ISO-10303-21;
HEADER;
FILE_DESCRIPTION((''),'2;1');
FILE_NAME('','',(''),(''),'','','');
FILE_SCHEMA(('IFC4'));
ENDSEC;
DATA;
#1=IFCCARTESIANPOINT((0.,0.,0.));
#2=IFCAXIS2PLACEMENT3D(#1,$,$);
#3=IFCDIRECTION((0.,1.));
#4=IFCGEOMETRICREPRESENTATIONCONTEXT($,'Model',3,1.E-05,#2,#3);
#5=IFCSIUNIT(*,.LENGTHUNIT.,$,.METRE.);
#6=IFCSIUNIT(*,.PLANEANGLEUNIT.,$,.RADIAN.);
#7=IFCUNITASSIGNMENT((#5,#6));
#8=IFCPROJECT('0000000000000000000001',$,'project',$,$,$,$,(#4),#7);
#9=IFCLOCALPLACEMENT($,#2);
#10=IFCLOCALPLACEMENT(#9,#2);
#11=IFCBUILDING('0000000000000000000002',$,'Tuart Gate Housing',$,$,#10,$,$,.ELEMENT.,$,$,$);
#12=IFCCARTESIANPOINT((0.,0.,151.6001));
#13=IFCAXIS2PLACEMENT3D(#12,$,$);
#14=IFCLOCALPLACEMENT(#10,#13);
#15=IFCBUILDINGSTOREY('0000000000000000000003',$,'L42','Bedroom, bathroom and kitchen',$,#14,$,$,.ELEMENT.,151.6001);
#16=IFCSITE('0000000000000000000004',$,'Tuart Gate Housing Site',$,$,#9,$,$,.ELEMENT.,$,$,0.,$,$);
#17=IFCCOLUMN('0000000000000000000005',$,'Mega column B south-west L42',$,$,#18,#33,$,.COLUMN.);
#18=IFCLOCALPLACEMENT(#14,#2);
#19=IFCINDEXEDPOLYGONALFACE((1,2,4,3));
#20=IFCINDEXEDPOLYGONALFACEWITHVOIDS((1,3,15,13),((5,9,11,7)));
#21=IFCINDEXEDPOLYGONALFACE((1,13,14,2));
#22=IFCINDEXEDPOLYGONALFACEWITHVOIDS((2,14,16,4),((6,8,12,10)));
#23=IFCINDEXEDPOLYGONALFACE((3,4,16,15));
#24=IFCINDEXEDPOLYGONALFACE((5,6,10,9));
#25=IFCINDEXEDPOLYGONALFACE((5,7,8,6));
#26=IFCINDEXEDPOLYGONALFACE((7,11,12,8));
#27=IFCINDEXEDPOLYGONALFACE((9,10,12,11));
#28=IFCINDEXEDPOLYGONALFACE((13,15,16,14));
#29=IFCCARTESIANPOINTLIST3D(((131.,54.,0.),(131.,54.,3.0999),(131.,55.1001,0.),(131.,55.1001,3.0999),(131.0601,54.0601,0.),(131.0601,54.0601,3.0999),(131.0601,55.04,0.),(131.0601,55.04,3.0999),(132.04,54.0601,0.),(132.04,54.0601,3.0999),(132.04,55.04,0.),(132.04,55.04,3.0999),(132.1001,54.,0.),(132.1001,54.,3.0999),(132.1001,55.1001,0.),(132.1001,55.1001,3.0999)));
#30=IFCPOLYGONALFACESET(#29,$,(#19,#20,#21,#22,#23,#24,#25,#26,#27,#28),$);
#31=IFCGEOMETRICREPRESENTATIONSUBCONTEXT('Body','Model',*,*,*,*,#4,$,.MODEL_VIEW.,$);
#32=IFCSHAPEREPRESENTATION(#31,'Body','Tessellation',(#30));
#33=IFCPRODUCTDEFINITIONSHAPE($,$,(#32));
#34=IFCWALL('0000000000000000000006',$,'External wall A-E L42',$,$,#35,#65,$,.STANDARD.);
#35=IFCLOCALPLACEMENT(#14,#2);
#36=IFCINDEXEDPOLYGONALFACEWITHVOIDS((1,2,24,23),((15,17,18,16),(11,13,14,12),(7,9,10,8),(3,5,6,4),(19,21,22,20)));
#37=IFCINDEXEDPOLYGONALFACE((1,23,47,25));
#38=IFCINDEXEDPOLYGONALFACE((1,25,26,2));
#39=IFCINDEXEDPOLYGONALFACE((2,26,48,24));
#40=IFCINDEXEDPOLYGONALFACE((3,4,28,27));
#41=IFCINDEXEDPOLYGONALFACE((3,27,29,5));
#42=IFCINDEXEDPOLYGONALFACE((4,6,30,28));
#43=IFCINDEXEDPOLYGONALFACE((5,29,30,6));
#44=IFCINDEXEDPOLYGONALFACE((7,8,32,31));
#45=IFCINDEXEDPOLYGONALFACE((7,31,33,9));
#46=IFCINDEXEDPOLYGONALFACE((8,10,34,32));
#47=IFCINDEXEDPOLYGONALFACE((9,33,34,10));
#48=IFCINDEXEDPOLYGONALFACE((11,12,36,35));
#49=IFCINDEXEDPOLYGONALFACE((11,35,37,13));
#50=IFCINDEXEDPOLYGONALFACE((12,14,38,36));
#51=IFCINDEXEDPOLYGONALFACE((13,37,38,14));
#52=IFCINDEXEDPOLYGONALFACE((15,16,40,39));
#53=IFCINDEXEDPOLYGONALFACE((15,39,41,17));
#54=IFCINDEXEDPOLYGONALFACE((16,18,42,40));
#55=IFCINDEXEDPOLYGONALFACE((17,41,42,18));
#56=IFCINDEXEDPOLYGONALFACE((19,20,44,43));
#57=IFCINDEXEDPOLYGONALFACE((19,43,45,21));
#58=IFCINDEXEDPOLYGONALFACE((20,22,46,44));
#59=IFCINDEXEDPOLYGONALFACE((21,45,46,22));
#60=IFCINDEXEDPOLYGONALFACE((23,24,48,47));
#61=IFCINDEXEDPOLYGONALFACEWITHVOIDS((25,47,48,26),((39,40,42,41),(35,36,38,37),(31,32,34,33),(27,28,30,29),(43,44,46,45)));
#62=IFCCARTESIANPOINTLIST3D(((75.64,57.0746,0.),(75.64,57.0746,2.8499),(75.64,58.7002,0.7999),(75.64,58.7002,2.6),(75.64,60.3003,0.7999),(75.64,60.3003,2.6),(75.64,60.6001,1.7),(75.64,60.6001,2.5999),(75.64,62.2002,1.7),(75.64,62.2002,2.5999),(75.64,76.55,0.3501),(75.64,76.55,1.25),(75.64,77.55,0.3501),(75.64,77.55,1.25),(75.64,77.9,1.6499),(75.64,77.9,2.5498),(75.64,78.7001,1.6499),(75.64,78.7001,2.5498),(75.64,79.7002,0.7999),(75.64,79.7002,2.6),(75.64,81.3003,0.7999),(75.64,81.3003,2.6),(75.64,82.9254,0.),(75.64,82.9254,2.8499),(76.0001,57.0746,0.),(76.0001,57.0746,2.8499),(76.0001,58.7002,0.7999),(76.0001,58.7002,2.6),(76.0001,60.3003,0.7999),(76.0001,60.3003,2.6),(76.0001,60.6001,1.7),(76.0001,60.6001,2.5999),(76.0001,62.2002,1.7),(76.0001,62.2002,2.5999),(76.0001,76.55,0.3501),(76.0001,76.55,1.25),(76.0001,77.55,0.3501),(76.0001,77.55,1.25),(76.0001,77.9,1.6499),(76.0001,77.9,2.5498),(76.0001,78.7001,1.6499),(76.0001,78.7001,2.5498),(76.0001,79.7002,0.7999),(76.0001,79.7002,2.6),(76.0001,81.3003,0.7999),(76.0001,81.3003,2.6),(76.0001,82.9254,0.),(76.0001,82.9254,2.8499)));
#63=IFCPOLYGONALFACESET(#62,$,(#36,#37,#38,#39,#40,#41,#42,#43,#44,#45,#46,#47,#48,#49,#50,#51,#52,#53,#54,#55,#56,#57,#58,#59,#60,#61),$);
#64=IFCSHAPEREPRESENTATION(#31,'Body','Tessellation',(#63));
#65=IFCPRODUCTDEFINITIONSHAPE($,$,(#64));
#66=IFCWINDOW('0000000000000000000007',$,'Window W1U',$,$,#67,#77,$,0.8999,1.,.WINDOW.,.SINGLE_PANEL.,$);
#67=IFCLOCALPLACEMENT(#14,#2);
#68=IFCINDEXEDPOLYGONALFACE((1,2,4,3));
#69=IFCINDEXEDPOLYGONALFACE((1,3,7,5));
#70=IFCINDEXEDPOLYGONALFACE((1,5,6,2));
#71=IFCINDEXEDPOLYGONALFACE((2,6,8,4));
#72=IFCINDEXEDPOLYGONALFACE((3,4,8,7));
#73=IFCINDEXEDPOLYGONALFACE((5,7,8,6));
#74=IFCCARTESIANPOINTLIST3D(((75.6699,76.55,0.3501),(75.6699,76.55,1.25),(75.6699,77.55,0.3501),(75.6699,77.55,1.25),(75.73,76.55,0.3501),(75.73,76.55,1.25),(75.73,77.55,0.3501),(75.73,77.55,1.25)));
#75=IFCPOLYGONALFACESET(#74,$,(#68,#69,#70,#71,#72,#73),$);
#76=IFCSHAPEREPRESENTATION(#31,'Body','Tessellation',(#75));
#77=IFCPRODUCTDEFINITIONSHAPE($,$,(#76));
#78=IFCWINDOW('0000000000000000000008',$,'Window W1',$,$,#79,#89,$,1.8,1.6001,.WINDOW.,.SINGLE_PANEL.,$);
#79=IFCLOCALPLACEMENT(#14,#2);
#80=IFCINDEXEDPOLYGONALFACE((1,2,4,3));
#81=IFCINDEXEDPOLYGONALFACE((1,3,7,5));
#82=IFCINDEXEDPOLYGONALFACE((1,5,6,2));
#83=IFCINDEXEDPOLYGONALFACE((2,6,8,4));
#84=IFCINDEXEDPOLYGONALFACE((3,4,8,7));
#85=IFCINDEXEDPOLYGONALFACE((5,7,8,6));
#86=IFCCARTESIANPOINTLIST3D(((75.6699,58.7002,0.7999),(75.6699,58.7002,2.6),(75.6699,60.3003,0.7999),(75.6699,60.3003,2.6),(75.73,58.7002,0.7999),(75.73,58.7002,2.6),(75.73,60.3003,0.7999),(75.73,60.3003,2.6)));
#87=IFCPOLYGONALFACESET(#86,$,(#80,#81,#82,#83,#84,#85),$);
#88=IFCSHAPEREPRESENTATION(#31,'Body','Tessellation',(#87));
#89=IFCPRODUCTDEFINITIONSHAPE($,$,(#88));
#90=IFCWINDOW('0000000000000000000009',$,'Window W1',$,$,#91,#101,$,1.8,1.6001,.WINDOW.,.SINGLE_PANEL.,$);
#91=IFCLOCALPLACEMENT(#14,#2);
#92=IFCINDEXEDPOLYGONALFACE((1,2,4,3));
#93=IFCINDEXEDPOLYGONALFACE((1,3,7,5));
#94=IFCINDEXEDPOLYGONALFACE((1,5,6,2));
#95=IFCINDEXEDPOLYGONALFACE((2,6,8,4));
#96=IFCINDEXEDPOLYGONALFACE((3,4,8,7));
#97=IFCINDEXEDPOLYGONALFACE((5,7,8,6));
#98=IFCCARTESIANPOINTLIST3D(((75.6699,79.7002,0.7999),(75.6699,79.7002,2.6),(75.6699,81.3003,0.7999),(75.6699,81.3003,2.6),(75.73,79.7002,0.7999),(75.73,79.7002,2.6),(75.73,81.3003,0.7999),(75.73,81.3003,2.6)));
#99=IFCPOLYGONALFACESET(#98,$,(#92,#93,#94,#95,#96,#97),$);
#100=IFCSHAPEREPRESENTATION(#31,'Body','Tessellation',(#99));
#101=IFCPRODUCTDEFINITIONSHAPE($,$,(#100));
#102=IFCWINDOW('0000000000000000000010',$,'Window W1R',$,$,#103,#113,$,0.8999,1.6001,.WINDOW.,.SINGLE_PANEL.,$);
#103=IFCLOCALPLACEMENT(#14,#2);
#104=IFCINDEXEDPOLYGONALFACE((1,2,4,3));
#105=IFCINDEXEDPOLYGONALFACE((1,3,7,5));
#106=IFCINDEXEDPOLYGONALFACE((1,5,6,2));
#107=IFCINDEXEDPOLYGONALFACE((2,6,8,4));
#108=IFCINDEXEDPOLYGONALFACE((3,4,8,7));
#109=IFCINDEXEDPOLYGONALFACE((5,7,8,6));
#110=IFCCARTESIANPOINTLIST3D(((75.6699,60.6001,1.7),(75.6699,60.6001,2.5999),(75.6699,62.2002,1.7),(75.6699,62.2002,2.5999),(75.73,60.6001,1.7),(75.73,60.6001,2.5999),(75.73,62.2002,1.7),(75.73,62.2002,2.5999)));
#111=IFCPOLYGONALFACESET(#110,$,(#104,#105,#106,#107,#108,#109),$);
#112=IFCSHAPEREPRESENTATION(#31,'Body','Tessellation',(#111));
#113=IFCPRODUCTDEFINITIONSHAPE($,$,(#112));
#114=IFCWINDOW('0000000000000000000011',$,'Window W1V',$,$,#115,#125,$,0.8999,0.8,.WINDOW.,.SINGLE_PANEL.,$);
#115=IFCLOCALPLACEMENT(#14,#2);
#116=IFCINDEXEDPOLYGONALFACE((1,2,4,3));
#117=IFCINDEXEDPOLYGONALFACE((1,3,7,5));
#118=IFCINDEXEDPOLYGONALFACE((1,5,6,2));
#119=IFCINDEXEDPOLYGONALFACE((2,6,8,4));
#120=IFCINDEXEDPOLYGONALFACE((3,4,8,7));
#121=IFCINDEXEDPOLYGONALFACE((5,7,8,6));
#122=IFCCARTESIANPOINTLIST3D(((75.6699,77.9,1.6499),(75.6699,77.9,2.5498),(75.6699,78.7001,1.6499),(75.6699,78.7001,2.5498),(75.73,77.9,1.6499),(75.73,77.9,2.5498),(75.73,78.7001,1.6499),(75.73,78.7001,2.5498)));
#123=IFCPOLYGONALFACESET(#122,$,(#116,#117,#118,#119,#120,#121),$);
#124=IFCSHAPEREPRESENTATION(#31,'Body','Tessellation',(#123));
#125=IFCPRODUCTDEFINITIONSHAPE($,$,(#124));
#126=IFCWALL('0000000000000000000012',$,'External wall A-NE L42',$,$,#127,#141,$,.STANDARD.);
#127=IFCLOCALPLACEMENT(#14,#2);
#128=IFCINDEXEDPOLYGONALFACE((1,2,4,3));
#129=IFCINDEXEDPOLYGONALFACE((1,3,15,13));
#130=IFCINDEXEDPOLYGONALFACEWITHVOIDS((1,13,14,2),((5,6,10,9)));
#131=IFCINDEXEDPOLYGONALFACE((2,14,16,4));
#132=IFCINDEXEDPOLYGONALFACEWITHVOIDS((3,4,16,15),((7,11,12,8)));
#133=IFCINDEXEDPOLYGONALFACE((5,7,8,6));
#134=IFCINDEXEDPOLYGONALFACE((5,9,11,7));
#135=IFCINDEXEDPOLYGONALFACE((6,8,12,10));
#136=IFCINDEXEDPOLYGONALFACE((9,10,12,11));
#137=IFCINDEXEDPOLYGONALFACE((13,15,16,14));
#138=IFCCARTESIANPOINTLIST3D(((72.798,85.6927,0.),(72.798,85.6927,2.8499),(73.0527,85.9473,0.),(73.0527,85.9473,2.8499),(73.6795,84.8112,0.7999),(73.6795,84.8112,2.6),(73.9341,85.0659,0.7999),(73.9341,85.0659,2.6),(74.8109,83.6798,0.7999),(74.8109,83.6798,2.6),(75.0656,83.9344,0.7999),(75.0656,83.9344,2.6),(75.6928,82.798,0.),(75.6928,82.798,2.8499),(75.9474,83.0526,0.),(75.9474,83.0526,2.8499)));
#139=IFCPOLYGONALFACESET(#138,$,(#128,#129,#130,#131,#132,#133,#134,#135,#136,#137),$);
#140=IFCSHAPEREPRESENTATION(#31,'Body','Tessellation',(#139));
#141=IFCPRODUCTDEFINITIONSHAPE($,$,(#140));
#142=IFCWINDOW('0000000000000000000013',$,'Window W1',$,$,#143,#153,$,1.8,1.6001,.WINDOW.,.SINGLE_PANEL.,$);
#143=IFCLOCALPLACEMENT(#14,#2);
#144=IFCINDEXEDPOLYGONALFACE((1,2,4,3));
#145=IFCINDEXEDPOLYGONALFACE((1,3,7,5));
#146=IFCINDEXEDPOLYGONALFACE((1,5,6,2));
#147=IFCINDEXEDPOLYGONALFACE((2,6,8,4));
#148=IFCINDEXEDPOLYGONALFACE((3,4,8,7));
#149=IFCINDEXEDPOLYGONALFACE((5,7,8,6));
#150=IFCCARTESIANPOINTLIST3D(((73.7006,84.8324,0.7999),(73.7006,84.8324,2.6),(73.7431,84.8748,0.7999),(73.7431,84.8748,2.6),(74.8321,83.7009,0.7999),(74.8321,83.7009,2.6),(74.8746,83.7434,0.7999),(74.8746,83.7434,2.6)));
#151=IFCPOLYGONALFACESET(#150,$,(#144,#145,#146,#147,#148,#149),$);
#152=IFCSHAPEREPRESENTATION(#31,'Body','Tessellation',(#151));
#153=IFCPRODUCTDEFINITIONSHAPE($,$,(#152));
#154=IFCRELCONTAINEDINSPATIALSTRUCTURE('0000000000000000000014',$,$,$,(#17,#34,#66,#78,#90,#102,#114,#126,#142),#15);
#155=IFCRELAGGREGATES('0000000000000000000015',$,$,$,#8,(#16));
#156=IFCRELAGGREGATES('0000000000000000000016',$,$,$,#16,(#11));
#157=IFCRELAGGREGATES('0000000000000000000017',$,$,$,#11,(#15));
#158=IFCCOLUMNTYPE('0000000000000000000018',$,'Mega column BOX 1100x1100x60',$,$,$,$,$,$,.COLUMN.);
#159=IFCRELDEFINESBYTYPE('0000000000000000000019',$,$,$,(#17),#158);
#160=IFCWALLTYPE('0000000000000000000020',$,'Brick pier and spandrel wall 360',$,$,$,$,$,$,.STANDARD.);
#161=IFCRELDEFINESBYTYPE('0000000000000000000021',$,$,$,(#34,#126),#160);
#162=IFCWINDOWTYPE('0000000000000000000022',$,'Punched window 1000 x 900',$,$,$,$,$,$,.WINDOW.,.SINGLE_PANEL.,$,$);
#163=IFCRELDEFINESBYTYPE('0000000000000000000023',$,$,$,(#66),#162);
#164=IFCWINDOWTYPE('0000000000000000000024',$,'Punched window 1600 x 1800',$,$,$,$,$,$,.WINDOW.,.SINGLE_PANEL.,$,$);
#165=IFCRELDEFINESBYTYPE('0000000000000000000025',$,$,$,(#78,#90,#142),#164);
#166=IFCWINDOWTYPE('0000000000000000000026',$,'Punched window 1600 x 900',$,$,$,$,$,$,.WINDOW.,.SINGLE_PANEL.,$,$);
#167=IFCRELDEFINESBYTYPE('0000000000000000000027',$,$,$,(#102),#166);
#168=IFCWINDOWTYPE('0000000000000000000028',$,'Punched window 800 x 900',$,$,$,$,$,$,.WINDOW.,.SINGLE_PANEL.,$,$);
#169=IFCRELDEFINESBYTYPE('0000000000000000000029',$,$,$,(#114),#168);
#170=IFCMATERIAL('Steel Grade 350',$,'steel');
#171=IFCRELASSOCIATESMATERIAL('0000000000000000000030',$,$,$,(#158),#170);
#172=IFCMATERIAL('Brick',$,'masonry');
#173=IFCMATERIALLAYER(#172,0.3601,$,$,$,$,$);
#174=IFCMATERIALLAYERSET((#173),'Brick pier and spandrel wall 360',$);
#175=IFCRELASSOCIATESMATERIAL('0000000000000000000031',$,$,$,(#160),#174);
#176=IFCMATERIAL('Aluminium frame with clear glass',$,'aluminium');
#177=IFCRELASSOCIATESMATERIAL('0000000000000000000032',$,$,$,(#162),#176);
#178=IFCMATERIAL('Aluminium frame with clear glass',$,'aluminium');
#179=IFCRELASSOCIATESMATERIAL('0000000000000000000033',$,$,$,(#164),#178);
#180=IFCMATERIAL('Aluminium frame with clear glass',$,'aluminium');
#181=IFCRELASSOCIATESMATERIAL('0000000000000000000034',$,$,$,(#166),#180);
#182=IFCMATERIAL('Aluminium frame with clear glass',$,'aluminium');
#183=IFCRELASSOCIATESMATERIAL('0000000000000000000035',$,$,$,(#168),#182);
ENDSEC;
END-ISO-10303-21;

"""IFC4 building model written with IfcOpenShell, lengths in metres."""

from ifc_helpers import new_model, si_unit, direction, frame, frame_2d, origin, origin_2d, place, context, subcontext, project, spatial, rectangle, hollow_rectangle, extrude, material, layer, layer_set, material_profile, profile_set, type_object, element, fill, save


model = new_model("IFC4")

# Units and contexts
model_context = context("Model", 3, precision=1e-05, world=origin(), true_north=direction((0.0, 1.0)))
body_context = subcontext(model_context, "Body", "Model", "MODEL_VIEW")
ifc_project = project(units=[si_unit("LENGTHUNIT", "METRE"), si_unit("PLANEANGLEUNIT", "RADIAN")], contexts=[model_context])

# Site, building, storey
site_placement = place(None, origin())
site = spatial("IfcSite", under=ifc_project, at=site_placement, Name="Tuart Gate Housing Site", CompositionType="ELEMENT", RefElevation=0.0)
building_placement = place(site_placement, origin())
building = spatial("IfcBuilding", under=site, at=building_placement, Name="Tuart Gate Housing", CompositionType="ELEMENT")
storey_placement = place(building_placement, frame((0.0, 0.0, 151.6001)))
storey = spatial("IfcBuildingStorey", under=building, at=storey_placement, Name="L42", Description="Bedroom, bathroom and kitchen", CompositionType="ELEMENT", Elevation=151.6001)

# Column
ifc_material_1 = material(Name="Steel Grade 350", Category="steel")
ifc_material_profile = material_profile(ifc_material_1, hollow_rectangle(XDim=1.1001, YDim=1.1001, WallThickness=0.0601, at=origin_2d()), Name="BOX 1100x1100x60")
ifc_profile_set = profile_set([ifc_material_profile], Name="Steel Grade 350")
column_type = type_object("IfcColumnType", Name="Mega column BOX 1100x1100x60", PredefinedType="COLUMN", material=ifc_profile_set)
column_placement = place(storey_placement, frame((131.55, 54.55, 0.0), z_axis=(0.0, 0.0, 1.0), x_axis=(1.0, 0.0, 0.0)))
element("IfcColumn", 1, at=column_placement, inside=storey, type_object=column_type, Name="Mega column B south-west L42", PredefinedType="COLUMN", context=body_context, shape_type="SweptSolid", body=[
    extrude(hollow_rectangle(XDim=1.1001, YDim=1.1001, WallThickness=0.0601, at=origin_2d()), origin(), (0.0, 0.0, 1.0), 3.0999),
])

# Wall, openings, windows
ifc_material_2 = material(Name="Brick", Category="masonry")
ifc_layer_1 = layer(ifc_material_2, 0.3601)
ifc_layer_set_1 = layer_set([ifc_layer_1], Name="Brick pier and spandrel wall 360")
wall_type_1 = type_object("IfcWallType", Name="Brick pier and spandrel wall 360", PredefinedType="STANDARD", material=ifc_layer_set_1)
wall_1_placement = place(storey_placement, frame((75.8201, 57.0747, 0.0), z_axis=(0.0, 0.0, 1.0), x_axis=(0.0, 1.0, 0.0)))
wall_1 = element("IfcWall", 2, at=wall_1_placement, inside=storey, type_object=wall_type_1, Name="External wall A-E L42", PredefinedType="STANDARD", context=body_context, shape_type="SweptSolid", body=[
    extrude(rectangle(XDim=25.8508, YDim=0.3601, at=frame_2d((12.9253, 0.0))), origin(), (0.0, 0.0, 1.0), 2.8499),
])
opening_1_placement = place(wall_1_placement, frame((1.6255, 0.0, 0.8)))
opening_1 = element("IfcOpeningElement", 3, at=opening_1_placement, cuts=wall_1, PredefinedType="OPENING", context=body_context, shape_type="SweptSolid", body=[
    extrude(rectangle(XDim=1.6001, YDim=1.8, at=frame_2d((0.8, 0.8999))), frame((0.0, 0.1899, 0.0), z_axis=(0.0, -1.0, 0.0), x_axis=(1.0, 0.0, 0.0)), (0.0, 0.0, 1.0), 0.3801),
])
opening_2_placement = place(wall_1_placement, frame((3.5254, 0.0, 1.7)))
opening_2 = element("IfcOpeningElement", 4, at=opening_2_placement, cuts=wall_1, PredefinedType="OPENING", context=body_context, shape_type="SweptSolid", body=[
    extrude(rectangle(XDim=1.6001, YDim=0.8999, at=frame_2d((0.8, 0.45))), frame((0.0, 0.1899, 0.0), z_axis=(0.0, -1.0, 0.0), x_axis=(1.0, 0.0, 0.0)), (0.0, 0.0, 1.0), 0.3801),
])
opening_3_placement = place(wall_1_placement, frame((19.4753, 0.0, 0.3501)))
opening_3 = element("IfcOpeningElement", 5, at=opening_3_placement, cuts=wall_1, PredefinedType="OPENING", context=body_context, shape_type="SweptSolid", body=[
    extrude(rectangle(XDim=1.0, YDim=0.8999, at=frame_2d((0.5, 0.45))), frame((0.0, 0.1899, 0.0), z_axis=(0.0, -1.0, 0.0), x_axis=(1.0, 0.0, 0.0)), (0.0, 0.0, 1.0), 0.3801),
])
opening_4_placement = place(wall_1_placement, frame((22.6255, 0.0, 0.8)))
opening_4 = element("IfcOpeningElement", 6, at=opening_4_placement, cuts=wall_1, PredefinedType="OPENING", context=body_context, shape_type="SweptSolid", body=[
    extrude(rectangle(XDim=1.6001, YDim=1.8, at=frame_2d((0.8, 0.8999))), frame((0.0, 0.1899, 0.0), z_axis=(0.0, -1.0, 0.0), x_axis=(1.0, 0.0, 0.0)), (0.0, 0.0, 1.0), 0.3801),
])
opening_5_placement = place(wall_1_placement, frame((20.8254, 0.0, 1.6499)))
opening_5 = element("IfcOpeningElement", 7, at=opening_5_placement, cuts=wall_1, PredefinedType="OPENING", context=body_context, shape_type="SweptSolid", body=[
    extrude(rectangle(XDim=0.8, YDim=0.8999, at=frame_2d((0.3999, 0.45))), frame((0.0, 0.1899, 0.0), z_axis=(0.0, -1.0, 0.0), x_axis=(1.0, 0.0, 0.0)), (0.0, 0.0, 1.0), 0.3801),
])
ifc_material_3 = material(Name="Aluminium frame with clear glass", Category="aluminium")
window_type_1 = type_object("IfcWindowType", Name="Punched window 1000 x 900", PartitioningType="SINGLE_PANEL", PredefinedType="WINDOW", material=ifc_material_3)
window_1_placement = place(opening_3_placement, origin())
window_1 = element("IfcWindow", 8, at=window_1_placement, inside=storey, type_object=window_type_1, Name="Window W1U", OverallHeight=0.8999, OverallWidth=1.0, PartitioningType="SINGLE_PANEL", PredefinedType="WINDOW", context=body_context, shape_type="SweptSolid", body=[
    extrude(rectangle(XDim=1.0, YDim=0.8999, at=frame_2d((0.5, 0.45))), frame((0.0, 0.1501, 0.0), z_axis=(0.0, -1.0, 0.0), x_axis=(1.0, 0.0, 0.0)), (0.0, 0.0, 1.0), 0.0601),
])
fill(opening_3, window_1)
ifc_material_4 = material(Name="Aluminium frame with clear glass", Category="aluminium")
window_type_2 = type_object("IfcWindowType", Name="Punched window 1600 x 1800", PartitioningType="SINGLE_PANEL", PredefinedType="WINDOW", material=ifc_material_4)
window_2_placement = place(opening_1_placement, origin())
window_2 = element("IfcWindow", 9, at=window_2_placement, inside=storey, type_object=window_type_2, Name="Window W1", OverallHeight=1.8, OverallWidth=1.6001, PartitioningType="SINGLE_PANEL", PredefinedType="WINDOW", context=body_context, shape_type="SweptSolid", body=[
    extrude(rectangle(XDim=1.6001, YDim=1.8, at=frame_2d((0.8, 0.8999))), frame((0.0, 0.1501, 0.0), z_axis=(0.0, -1.0, 0.0), x_axis=(1.0, 0.0, 0.0)), (0.0, 0.0, 1.0), 0.0601),
])
fill(opening_1, window_2)
window_3_placement = place(opening_4_placement, origin())
window_3 = element("IfcWindow", 10, at=window_3_placement, inside=storey, type_object=window_type_2, Name="Window W1", OverallHeight=1.8, OverallWidth=1.6001, PartitioningType="SINGLE_PANEL", PredefinedType="WINDOW", context=body_context, shape_type="SweptSolid", body=[
    extrude(rectangle(XDim=1.6001, YDim=1.8, at=frame_2d((0.8, 0.8999))), frame((0.0, 0.1501, 0.0), z_axis=(0.0, -1.0, 0.0), x_axis=(1.0, 0.0, 0.0)), (0.0, 0.0, 1.0), 0.0601),
])
fill(opening_4, window_3)
ifc_material_5 = material(Name="Aluminium frame with clear glass", Category="aluminium")
window_type_3 = type_object("IfcWindowType", Name="Punched window 1600 x 900", PartitioningType="SINGLE_PANEL", PredefinedType="WINDOW", material=ifc_material_5)
window_4_placement = place(opening_2_placement, origin())
window_4 = element("IfcWindow", 11, at=window_4_placement, inside=storey, type_object=window_type_3, Name="Window W1R", OverallHeight=0.8999, OverallWidth=1.6001, PartitioningType="SINGLE_PANEL", PredefinedType="WINDOW", context=body_context, shape_type="SweptSolid", body=[
    extrude(rectangle(XDim=1.6001, YDim=0.8999, at=frame_2d((0.8, 0.45))), frame((0.0, 0.1501, 0.0), z_axis=(0.0, -1.0, 0.0), x_axis=(1.0, 0.0, 0.0)), (0.0, 0.0, 1.0), 0.0601),
])
fill(opening_2, window_4)
ifc_material_6 = material(Name="Aluminium frame with clear glass", Category="aluminium")
window_type_4 = type_object("IfcWindowType", Name="Punched window 800 x 900", PartitioningType="SINGLE_PANEL", PredefinedType="WINDOW", material=ifc_material_6)
window_5_placement = place(opening_5_placement, origin())
window_5 = element("IfcWindow", 12, at=window_5_placement, inside=storey, type_object=window_type_4, Name="Window W1V", OverallHeight=0.8999, OverallWidth=0.8, PartitioningType="SINGLE_PANEL", PredefinedType="WINDOW", context=body_context, shape_type="SweptSolid", body=[
    extrude(rectangle(XDim=0.8, YDim=0.8999, at=frame_2d((0.3999, 0.45))), frame((0.0, 0.1501, 0.0), z_axis=(0.0, -1.0, 0.0), x_axis=(1.0, 0.0, 0.0)), (0.0, 0.0, 1.0), 0.0601),
])
fill(opening_5, window_5)

# Wall, opening, window
wall_2_placement = place(storey_placement, frame((75.8201, 82.9253, 0.0), z_axis=(0.0, 0.0, 1.0), x_axis=(-0.707107, 0.707107, 0.0)))
wall_2 = element("IfcWall", 13, at=wall_2_placement, inside=storey, type_object=wall_type_1, Name="External wall A-NE L42", PredefinedType="STANDARD", context=body_context, shape_type="SweptSolid", body=[
    extrude(rectangle(XDim=4.0938, YDim=0.3601, at=frame_2d((2.0469, 0.0))), origin(), (0.0, 0.0, 1.0), 2.8499),
])
opening_6_placement = place(wall_2_placement, frame((1.2471, 0.0, 0.8)))
opening_6 = element("IfcOpeningElement", 14, at=opening_6_placement, cuts=wall_2, PredefinedType="OPENING", context=body_context, shape_type="SweptSolid", body=[
    extrude(rectangle(XDim=1.6001, YDim=1.8, at=frame_2d((0.8, 0.8999))), frame((0.0, 0.1899, 0.0), z_axis=(0.0, -1.0, 0.0), x_axis=(1.0, 0.0, 0.0)), (0.0, 0.0, 1.0), 0.3801),
])
window_6_placement = place(opening_6_placement, origin())
window_6 = element("IfcWindow", 15, at=window_6_placement, inside=storey, type_object=window_type_2, Name="Window W1", OverallHeight=1.8, OverallWidth=1.6001, PartitioningType="SINGLE_PANEL", PredefinedType="WINDOW", context=body_context, shape_type="SweptSolid", body=[
    extrude(rectangle(XDim=1.6001, YDim=1.8, at=frame_2d((0.8, 0.8999))), frame((0.0, 0.1501, 0.0), z_axis=(0.0, -1.0, 0.0), x_axis=(1.0, 0.0, 0.0)), (0.0, 0.0, 1.0), 0.0601),
])
fill(opening_6, window_6)

save(model, "model.ifc")
